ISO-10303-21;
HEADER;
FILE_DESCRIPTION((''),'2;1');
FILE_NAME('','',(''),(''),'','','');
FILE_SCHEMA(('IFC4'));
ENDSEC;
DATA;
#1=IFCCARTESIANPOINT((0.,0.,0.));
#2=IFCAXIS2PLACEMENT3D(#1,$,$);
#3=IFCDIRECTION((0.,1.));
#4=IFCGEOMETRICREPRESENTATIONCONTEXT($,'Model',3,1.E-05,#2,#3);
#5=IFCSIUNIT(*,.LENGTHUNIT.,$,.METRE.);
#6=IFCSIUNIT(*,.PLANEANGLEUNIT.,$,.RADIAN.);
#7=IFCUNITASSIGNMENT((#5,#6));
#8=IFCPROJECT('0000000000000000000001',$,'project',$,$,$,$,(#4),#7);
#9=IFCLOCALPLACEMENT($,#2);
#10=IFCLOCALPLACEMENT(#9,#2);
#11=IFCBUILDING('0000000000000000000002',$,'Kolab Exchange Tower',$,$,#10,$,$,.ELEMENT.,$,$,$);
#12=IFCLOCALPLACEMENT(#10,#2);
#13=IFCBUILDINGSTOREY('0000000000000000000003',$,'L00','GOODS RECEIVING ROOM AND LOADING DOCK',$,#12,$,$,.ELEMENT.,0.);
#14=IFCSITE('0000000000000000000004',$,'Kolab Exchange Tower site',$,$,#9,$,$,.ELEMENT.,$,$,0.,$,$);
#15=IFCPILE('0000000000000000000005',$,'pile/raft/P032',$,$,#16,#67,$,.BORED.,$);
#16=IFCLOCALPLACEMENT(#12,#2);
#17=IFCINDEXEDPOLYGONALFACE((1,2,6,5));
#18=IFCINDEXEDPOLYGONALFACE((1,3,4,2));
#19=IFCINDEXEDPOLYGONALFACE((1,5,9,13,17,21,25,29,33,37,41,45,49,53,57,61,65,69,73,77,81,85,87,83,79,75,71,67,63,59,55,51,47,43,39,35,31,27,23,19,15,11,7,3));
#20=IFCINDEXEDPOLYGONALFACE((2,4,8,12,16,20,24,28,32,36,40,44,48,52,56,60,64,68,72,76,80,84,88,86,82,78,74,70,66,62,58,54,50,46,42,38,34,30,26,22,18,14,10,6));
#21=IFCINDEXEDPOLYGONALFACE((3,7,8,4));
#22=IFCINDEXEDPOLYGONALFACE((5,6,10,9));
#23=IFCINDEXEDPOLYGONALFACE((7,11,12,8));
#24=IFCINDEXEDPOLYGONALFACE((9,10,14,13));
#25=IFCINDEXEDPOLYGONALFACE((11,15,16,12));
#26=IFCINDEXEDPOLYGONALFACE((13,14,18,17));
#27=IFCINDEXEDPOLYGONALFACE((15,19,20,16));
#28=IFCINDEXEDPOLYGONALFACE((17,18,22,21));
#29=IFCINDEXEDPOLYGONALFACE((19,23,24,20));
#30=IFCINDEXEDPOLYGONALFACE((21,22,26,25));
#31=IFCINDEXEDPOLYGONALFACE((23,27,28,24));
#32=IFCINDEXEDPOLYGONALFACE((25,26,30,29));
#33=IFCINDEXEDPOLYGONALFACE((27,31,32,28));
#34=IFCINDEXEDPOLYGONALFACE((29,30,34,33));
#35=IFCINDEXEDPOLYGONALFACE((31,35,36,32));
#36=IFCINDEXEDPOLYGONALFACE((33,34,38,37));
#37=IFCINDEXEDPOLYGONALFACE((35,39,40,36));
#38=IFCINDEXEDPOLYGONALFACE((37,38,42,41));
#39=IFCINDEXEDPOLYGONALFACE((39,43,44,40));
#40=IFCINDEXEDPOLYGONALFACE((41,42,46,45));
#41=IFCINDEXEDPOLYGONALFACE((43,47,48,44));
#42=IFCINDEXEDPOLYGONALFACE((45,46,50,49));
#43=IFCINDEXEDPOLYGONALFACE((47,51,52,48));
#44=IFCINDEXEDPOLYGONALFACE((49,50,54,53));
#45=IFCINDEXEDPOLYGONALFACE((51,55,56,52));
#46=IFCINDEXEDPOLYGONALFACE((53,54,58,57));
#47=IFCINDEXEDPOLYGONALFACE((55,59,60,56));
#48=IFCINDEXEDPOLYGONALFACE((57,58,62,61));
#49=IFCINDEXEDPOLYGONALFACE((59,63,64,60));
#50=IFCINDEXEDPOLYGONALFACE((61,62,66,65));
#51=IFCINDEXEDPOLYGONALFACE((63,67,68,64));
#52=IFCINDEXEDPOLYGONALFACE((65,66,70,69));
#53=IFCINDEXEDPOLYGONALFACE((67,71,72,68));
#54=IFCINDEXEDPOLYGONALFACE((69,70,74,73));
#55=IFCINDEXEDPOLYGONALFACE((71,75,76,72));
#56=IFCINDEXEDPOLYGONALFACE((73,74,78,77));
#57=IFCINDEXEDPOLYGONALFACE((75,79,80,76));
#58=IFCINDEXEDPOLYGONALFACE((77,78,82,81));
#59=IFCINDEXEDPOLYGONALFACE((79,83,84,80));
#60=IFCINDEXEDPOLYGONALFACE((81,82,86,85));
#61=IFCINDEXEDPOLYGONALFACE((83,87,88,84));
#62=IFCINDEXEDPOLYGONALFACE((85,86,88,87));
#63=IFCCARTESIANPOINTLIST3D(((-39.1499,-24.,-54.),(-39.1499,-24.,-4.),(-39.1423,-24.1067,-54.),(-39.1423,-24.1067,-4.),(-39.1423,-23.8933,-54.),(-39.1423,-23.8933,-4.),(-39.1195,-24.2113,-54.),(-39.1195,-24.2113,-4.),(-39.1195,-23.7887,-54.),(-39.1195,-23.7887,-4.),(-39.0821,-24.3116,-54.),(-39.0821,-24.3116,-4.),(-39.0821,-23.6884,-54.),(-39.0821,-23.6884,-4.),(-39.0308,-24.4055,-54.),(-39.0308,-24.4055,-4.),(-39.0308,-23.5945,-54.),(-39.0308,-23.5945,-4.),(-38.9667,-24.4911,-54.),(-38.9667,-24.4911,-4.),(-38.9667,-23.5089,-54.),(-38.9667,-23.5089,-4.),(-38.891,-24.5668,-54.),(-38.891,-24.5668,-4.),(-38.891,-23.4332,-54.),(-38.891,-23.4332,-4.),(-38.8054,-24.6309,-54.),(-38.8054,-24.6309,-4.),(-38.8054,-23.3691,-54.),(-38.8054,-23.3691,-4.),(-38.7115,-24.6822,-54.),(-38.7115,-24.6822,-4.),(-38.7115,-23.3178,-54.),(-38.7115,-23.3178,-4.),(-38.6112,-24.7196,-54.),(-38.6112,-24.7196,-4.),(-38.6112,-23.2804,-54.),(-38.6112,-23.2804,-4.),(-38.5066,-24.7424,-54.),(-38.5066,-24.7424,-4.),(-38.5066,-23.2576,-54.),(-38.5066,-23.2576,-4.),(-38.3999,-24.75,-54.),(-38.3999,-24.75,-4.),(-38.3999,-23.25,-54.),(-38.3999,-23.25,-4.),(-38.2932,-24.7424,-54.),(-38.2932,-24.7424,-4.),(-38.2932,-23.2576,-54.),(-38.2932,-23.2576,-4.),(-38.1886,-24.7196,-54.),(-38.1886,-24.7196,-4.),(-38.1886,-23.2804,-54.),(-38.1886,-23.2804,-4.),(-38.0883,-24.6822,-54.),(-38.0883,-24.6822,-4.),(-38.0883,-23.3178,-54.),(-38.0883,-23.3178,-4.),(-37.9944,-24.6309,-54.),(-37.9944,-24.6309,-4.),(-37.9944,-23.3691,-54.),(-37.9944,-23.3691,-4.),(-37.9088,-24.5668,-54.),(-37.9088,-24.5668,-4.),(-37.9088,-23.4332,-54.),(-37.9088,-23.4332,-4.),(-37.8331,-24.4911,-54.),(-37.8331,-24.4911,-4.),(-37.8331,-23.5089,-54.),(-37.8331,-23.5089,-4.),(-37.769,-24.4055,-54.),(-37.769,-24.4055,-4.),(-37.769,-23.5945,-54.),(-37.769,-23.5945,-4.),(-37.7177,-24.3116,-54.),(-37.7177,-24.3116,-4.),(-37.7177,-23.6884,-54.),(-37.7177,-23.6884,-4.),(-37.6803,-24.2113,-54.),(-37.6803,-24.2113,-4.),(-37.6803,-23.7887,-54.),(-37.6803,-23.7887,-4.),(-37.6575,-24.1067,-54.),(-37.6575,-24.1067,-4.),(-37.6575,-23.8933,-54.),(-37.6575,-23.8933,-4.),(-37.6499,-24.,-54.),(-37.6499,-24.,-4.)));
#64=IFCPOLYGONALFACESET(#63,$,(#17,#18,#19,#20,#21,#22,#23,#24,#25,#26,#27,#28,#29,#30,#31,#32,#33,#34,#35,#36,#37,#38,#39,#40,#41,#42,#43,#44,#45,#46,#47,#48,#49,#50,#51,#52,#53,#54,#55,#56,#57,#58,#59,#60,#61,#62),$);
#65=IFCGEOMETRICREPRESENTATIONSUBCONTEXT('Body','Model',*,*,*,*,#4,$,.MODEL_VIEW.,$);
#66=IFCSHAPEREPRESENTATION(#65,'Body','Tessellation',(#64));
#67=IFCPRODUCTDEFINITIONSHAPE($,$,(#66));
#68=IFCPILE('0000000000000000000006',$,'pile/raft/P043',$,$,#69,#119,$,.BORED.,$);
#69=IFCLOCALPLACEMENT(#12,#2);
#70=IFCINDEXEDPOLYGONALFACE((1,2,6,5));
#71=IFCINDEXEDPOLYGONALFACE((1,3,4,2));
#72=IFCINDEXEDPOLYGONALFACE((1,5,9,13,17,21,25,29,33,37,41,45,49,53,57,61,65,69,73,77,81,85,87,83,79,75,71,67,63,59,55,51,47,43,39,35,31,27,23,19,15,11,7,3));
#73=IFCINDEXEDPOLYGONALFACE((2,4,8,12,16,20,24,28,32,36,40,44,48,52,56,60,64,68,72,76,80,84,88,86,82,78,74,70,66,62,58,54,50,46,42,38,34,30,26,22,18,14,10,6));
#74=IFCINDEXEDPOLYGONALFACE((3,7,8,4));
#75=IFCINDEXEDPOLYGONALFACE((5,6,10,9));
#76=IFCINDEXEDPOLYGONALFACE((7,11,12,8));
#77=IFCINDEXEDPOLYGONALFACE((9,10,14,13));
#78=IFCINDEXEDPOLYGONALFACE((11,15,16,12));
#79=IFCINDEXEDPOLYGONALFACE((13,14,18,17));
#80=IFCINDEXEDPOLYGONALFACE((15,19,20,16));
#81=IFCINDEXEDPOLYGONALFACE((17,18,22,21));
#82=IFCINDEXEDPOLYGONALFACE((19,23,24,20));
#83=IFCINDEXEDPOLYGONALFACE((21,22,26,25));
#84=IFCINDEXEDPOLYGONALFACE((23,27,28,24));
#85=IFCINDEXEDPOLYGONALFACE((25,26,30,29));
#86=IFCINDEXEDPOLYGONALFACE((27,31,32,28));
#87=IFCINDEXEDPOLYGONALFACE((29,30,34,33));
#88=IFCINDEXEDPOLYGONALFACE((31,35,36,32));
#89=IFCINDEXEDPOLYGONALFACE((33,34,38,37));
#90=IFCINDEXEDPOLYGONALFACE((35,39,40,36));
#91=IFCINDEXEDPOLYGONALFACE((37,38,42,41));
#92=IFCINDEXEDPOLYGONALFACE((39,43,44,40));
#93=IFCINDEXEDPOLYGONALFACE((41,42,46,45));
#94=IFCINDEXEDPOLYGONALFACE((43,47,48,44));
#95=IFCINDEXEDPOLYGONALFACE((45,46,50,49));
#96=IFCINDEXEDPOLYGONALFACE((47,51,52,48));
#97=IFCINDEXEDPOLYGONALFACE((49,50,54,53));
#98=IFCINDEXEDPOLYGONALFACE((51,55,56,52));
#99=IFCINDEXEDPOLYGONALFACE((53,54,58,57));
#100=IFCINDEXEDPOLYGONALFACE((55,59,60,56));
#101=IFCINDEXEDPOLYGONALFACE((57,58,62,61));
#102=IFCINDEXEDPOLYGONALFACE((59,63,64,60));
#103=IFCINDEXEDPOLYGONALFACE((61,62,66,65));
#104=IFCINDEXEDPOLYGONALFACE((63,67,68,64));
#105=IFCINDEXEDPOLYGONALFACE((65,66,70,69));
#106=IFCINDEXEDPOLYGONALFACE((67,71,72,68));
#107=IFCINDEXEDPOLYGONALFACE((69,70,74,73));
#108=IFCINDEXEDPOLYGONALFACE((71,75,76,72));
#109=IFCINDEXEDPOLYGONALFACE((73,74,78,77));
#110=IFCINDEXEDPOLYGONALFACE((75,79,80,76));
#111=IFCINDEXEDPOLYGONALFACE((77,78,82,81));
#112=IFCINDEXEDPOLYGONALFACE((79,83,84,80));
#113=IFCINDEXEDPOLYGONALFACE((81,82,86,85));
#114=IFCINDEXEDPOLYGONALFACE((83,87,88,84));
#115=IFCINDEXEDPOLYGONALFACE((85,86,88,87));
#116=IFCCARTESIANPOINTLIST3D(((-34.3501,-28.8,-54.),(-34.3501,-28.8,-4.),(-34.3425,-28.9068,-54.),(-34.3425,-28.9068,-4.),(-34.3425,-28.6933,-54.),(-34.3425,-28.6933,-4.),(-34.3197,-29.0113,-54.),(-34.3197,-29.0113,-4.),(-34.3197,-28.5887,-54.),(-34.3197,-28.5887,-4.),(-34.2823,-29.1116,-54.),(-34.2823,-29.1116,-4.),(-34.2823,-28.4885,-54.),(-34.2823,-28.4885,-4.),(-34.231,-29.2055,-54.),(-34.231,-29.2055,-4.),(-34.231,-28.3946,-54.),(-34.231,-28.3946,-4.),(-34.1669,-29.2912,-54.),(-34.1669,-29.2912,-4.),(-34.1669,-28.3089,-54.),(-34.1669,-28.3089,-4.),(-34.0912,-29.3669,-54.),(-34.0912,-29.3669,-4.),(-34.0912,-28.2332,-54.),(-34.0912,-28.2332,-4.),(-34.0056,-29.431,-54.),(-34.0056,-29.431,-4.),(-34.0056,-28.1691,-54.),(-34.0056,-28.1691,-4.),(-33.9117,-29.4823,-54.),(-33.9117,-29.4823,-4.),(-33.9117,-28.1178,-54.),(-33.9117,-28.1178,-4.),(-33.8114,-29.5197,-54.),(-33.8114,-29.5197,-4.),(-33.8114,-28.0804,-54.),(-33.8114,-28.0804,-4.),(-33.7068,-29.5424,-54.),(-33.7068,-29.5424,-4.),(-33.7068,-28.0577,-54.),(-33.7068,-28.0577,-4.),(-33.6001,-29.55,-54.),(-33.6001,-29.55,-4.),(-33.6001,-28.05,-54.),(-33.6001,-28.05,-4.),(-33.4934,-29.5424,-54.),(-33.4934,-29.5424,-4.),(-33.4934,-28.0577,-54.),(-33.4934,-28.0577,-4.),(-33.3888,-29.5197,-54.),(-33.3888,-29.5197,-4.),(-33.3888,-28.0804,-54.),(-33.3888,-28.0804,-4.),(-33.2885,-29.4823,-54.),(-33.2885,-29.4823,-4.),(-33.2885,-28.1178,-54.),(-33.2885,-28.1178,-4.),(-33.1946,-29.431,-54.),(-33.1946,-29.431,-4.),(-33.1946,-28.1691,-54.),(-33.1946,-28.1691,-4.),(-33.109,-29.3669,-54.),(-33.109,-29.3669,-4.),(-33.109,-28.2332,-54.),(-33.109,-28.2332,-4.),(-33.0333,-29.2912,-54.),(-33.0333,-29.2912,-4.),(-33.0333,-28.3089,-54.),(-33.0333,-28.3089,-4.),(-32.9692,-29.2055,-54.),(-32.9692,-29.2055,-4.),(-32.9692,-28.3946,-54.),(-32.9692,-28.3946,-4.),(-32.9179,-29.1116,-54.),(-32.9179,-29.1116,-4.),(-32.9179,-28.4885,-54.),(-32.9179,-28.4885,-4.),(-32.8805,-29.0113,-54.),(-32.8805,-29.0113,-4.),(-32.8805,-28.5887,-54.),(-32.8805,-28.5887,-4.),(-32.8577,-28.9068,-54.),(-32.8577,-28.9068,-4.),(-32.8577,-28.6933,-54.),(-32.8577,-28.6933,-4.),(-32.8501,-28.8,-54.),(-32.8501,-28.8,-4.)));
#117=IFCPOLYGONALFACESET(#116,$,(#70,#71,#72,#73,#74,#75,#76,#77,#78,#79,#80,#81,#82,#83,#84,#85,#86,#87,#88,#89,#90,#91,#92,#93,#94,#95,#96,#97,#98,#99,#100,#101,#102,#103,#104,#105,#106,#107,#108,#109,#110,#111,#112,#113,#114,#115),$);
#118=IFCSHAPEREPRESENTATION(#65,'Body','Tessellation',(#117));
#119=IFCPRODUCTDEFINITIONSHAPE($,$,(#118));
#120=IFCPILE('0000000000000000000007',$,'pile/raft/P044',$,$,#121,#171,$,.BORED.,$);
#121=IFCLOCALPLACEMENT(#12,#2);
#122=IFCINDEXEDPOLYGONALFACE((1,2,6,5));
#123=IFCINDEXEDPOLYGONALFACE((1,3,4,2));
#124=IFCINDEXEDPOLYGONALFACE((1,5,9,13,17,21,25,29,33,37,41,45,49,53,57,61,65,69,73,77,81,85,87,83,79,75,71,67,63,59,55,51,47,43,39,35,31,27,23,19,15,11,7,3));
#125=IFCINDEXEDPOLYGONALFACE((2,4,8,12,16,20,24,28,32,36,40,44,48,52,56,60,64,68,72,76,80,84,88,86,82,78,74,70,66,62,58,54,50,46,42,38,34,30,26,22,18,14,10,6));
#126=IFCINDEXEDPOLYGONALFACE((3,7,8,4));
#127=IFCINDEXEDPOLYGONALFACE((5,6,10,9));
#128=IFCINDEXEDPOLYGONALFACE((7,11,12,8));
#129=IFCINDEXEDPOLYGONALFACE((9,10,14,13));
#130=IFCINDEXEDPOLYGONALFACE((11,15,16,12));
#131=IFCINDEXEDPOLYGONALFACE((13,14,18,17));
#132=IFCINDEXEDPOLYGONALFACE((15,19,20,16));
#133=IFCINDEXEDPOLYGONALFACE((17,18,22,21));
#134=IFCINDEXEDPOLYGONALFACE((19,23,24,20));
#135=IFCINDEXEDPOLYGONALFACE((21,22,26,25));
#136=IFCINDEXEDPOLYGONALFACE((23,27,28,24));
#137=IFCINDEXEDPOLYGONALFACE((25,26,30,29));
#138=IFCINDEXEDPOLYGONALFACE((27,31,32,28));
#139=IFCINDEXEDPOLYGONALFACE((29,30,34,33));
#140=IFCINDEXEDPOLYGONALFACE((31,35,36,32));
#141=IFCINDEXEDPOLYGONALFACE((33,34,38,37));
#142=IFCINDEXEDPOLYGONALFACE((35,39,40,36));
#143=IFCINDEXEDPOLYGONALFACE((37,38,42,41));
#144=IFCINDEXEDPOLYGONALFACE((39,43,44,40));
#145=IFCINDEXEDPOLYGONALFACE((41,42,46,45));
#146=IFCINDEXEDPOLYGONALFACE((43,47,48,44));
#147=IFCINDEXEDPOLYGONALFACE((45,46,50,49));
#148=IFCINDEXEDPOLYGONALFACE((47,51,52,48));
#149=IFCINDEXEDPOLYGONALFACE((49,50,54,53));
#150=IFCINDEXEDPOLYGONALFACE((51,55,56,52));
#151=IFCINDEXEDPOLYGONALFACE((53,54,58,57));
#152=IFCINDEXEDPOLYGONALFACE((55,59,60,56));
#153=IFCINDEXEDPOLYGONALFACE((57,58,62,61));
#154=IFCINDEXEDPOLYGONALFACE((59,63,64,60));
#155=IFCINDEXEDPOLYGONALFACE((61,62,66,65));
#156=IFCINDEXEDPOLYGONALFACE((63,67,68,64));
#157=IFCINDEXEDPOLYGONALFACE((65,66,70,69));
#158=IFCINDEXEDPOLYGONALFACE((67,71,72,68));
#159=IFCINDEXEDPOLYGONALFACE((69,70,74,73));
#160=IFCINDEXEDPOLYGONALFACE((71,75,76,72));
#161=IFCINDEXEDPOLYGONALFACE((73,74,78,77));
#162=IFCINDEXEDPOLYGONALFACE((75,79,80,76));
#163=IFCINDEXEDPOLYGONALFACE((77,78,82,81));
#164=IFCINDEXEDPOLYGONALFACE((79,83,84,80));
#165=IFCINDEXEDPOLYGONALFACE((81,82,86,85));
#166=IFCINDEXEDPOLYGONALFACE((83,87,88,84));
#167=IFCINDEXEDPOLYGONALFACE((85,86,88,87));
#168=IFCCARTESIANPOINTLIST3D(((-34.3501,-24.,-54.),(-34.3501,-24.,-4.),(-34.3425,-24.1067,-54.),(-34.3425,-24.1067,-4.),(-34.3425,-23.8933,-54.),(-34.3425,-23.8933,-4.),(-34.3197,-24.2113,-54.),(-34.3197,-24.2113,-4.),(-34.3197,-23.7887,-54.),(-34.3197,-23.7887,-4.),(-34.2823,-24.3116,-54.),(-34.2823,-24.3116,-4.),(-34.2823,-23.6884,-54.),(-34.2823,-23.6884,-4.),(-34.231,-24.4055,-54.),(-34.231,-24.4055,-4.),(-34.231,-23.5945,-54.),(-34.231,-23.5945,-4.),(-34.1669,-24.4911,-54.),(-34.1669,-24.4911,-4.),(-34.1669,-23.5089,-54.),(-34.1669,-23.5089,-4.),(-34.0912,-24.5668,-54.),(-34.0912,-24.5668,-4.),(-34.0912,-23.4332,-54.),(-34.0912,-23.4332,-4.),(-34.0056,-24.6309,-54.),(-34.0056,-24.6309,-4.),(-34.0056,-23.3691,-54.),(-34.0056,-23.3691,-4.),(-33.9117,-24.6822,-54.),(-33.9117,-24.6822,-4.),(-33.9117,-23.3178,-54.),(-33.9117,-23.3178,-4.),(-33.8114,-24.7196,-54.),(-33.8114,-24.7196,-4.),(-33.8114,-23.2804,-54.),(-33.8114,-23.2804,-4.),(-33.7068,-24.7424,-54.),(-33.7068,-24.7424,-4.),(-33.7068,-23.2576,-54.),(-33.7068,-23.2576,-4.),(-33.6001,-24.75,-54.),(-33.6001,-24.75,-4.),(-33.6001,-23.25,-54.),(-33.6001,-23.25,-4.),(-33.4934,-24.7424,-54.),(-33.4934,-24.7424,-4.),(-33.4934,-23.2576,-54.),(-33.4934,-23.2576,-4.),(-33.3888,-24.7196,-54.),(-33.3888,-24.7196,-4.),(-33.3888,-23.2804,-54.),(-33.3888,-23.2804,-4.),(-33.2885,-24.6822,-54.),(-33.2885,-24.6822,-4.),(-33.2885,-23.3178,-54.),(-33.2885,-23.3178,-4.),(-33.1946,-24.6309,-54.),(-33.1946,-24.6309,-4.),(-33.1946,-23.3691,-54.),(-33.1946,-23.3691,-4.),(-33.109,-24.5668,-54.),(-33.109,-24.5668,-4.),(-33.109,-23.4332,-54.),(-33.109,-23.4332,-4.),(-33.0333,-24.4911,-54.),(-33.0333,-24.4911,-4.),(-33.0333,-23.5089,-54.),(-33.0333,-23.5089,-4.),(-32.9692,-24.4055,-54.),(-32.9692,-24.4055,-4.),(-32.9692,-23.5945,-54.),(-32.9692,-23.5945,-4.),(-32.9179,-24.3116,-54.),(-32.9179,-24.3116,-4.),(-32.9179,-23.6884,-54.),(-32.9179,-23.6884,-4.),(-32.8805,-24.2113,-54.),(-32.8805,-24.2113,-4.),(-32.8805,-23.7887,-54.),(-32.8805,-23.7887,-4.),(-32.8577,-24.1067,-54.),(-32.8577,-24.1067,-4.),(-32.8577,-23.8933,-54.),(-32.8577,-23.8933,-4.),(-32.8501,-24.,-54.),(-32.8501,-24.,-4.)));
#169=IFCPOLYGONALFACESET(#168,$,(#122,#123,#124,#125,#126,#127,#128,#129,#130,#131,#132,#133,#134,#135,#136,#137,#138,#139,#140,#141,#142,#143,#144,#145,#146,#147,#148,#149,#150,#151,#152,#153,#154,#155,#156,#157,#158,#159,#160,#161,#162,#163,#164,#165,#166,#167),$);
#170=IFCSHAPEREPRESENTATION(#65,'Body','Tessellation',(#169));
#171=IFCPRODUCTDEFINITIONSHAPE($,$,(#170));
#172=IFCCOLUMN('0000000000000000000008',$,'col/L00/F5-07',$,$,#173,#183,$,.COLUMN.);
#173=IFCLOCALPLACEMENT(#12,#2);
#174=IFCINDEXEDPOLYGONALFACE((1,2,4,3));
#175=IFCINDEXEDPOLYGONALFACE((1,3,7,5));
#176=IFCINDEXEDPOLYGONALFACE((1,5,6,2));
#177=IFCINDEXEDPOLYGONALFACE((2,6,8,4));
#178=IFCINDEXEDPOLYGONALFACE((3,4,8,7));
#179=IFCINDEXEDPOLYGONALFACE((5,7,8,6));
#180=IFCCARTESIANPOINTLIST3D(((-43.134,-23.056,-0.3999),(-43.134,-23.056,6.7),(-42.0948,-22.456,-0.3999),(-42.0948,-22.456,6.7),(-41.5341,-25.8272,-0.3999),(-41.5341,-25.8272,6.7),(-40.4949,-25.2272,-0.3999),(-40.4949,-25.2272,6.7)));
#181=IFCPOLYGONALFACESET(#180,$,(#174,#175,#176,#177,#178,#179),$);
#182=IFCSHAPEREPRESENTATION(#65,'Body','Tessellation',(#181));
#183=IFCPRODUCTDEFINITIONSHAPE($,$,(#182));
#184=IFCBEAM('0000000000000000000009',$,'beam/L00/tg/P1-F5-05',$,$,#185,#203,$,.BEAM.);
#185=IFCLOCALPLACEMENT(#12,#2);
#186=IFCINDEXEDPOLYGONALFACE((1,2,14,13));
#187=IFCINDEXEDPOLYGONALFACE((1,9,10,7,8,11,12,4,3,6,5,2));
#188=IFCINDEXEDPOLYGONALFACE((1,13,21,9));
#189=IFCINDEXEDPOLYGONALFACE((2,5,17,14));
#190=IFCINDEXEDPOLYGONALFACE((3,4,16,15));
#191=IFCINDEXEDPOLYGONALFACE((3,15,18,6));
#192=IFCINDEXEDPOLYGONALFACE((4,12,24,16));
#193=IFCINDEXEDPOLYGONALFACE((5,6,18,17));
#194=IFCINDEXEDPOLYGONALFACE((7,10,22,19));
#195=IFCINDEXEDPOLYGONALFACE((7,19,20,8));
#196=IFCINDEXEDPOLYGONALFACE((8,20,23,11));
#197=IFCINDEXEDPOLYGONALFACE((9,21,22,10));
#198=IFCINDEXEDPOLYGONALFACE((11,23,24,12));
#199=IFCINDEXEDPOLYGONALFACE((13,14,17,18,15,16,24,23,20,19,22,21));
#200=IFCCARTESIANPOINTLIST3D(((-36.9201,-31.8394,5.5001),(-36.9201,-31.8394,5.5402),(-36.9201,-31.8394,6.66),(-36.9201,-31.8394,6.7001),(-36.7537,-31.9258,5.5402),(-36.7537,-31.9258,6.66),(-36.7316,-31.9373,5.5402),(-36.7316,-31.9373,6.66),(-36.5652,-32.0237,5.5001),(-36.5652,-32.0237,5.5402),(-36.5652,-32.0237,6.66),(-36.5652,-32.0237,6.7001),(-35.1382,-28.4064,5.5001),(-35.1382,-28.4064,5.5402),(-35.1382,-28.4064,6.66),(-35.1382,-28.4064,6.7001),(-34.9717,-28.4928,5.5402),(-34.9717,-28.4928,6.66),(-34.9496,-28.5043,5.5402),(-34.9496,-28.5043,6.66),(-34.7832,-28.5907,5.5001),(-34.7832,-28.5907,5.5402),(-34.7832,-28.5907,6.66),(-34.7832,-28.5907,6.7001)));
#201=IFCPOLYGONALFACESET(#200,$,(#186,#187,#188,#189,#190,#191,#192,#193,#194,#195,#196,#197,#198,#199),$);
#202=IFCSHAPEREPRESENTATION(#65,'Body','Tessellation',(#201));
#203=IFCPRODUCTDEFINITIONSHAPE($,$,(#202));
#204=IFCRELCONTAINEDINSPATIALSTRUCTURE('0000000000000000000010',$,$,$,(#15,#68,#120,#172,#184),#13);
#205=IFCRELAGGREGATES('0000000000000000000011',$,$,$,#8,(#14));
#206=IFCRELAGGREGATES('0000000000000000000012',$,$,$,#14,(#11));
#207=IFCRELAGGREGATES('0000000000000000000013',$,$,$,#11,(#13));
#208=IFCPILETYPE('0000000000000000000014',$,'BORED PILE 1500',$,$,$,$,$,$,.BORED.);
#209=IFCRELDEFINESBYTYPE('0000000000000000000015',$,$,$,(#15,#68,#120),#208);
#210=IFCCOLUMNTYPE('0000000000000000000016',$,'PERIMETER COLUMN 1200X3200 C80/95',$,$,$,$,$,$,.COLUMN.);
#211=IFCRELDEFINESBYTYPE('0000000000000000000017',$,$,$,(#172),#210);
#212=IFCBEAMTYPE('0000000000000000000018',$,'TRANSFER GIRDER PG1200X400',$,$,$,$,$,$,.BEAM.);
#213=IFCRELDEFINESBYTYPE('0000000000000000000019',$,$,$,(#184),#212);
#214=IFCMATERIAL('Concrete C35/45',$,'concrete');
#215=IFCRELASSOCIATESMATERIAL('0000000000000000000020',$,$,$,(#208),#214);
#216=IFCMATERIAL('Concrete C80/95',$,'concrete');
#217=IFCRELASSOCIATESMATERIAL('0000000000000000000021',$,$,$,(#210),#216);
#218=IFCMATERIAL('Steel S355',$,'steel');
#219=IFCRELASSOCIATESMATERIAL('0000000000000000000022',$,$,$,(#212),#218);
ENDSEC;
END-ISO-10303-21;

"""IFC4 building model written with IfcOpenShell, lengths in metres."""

from ifc_helpers import new_model, si_unit, direction, frame, origin, origin_2d, place, context, subcontext, project, spatial, rectangle, circle, i_section, extrude, material, material_profile, profile_set, type_object, element, save


model = new_model("IFC4")

# Units and contexts
model_context = context("Model", 3, precision=1e-05, world=origin(), true_north=direction((0.0, 1.0)))
body_context = subcontext(model_context, "Body", "Model", "MODEL_VIEW")
ifc_project = project(units=[si_unit("LENGTHUNIT", "METRE"), si_unit("PLANEANGLEUNIT", "RADIAN")], contexts=[model_context])

# Site, building, storey
site_placement = place(None, origin())
site = spatial("IfcSite", under=ifc_project, at=site_placement, Name="Kolab Exchange Tower site", CompositionType="ELEMENT", RefElevation=0.0)
building_placement = place(site_placement, origin())
building = spatial("IfcBuilding", under=site, at=building_placement, Name="Kolab Exchange Tower", CompositionType="ELEMENT")
storey_placement = place(building_placement, origin())
storey = spatial("IfcBuildingStorey", under=building, at=storey_placement, Name="L00", Description="GOODS RECEIVING ROOM AND LOADING DOCK", CompositionType="ELEMENT", Elevation=0.0)

# Piles
ifc_material_1 = material(Name="Concrete C35/45", Category="concrete")
ifc_material_profile_1 = material_profile(ifc_material_1, circle(Radius=0.75, at=origin_2d()), Name="BP1500")
ifc_profile_set_1 = profile_set([ifc_material_profile_1], Name="Concrete C35/45")
pile_type = type_object("IfcPileType", Name="BORED PILE 1500", PredefinedType="BORED", material=ifc_profile_set_1)
for number, where, z_axis, x_axis, name in (
    (1, (-38.3999, -24.0, -4.0), (0.0, 0.0, -1.0), (1.0, 0.0, 0.0), "pile/raft/P032"),
    (2, (-33.6001, -28.8, -4.0), (0.0, 0.0, -1.0), (1.0, 0.0, 0.0), "pile/raft/P043"),
    (3, (-33.6001, -24.0, -4.0), (0.0, 0.0, -1.0), (1.0, 0.0, 0.0), "pile/raft/P044"),
):
    element("IfcPile", number, at=place(storey_placement, frame(where, z_axis=z_axis, x_axis=x_axis)), inside=storey, type_object=pile_type, Name=name, PredefinedType="BORED", context=body_context, shape_type="SweptSolid", body=[
        extrude(circle(Radius=0.75, at=origin_2d()), origin(), (0.0, 0.0, 1.0), 50.0),
    ])

# Column
ifc_material_2 = material(Name="Concrete C80/95", Category="concrete")
ifc_material_profile_2 = material_profile(ifc_material_2, rectangle(XDim=1.2, YDim=3.2, at=origin_2d()), Name="RC1200X3200")
ifc_profile_set_2 = profile_set([ifc_material_profile_2], Name="Concrete C80/95")
column_type = type_object("IfcColumnType", Name="PERIMETER COLUMN 1200X3200 C80/95", PredefinedType="COLUMN", material=ifc_profile_set_2)
column_placement = place(storey_placement, frame((-41.8145, -24.1416, -0.3999), z_axis=(0.0, 0.0, 1.0), x_axis=(0.866025, 0.5, 0.0)))
element("IfcColumn", 4, at=column_placement, inside=storey, type_object=column_type, Name="col/L00/F5-07", PredefinedType="COLUMN", context=body_context, shape_type="SweptSolid", body=[
    extrude(rectangle(XDim=1.2, YDim=3.2, at=origin_2d()), origin(), (0.0, 0.0, 1.0), 7.0999),
])

# Beam
ifc_material_3 = material(Name="Steel S355", Category="steel")
ifc_material_profile_3 = material_profile(ifc_material_3, i_section(OverallWidth=0.3999, OverallDepth=1.2, WebThickness=0.0249, FlangeThickness=0.04, at=origin_2d()), Name="PG1200X400")
ifc_profile_set_3 = profile_set([ifc_material_profile_3], Name="Steel S355")
beam_type = type_object("IfcBeamType", Name="TRANSFER GIRDER PG1200X400", PredefinedType="BEAM", material=ifc_profile_set_3)
beam_1_placement = place(storey_placement, frame((-34.9607, -28.4985, 6.1001), z_axis=(-0.460695, -0.887559, 0.0), x_axis=(0.887559, -0.460695, 0.0)))
element("IfcBeam", 5, at=beam_1_placement, inside=storey, type_object=beam_type, Name="beam/L00/tg/P1-F5-05", PredefinedType="BEAM", context=body_context, shape_type="SweptSolid", body=[
    extrude(i_section(OverallWidth=0.3999, OverallDepth=1.2, WebThickness=0.0249, FlangeThickness=0.04, at=origin_2d()), origin(), (0.0, 0.0, 1.0), 3.8679),
])

save(model, "model.ifc")
